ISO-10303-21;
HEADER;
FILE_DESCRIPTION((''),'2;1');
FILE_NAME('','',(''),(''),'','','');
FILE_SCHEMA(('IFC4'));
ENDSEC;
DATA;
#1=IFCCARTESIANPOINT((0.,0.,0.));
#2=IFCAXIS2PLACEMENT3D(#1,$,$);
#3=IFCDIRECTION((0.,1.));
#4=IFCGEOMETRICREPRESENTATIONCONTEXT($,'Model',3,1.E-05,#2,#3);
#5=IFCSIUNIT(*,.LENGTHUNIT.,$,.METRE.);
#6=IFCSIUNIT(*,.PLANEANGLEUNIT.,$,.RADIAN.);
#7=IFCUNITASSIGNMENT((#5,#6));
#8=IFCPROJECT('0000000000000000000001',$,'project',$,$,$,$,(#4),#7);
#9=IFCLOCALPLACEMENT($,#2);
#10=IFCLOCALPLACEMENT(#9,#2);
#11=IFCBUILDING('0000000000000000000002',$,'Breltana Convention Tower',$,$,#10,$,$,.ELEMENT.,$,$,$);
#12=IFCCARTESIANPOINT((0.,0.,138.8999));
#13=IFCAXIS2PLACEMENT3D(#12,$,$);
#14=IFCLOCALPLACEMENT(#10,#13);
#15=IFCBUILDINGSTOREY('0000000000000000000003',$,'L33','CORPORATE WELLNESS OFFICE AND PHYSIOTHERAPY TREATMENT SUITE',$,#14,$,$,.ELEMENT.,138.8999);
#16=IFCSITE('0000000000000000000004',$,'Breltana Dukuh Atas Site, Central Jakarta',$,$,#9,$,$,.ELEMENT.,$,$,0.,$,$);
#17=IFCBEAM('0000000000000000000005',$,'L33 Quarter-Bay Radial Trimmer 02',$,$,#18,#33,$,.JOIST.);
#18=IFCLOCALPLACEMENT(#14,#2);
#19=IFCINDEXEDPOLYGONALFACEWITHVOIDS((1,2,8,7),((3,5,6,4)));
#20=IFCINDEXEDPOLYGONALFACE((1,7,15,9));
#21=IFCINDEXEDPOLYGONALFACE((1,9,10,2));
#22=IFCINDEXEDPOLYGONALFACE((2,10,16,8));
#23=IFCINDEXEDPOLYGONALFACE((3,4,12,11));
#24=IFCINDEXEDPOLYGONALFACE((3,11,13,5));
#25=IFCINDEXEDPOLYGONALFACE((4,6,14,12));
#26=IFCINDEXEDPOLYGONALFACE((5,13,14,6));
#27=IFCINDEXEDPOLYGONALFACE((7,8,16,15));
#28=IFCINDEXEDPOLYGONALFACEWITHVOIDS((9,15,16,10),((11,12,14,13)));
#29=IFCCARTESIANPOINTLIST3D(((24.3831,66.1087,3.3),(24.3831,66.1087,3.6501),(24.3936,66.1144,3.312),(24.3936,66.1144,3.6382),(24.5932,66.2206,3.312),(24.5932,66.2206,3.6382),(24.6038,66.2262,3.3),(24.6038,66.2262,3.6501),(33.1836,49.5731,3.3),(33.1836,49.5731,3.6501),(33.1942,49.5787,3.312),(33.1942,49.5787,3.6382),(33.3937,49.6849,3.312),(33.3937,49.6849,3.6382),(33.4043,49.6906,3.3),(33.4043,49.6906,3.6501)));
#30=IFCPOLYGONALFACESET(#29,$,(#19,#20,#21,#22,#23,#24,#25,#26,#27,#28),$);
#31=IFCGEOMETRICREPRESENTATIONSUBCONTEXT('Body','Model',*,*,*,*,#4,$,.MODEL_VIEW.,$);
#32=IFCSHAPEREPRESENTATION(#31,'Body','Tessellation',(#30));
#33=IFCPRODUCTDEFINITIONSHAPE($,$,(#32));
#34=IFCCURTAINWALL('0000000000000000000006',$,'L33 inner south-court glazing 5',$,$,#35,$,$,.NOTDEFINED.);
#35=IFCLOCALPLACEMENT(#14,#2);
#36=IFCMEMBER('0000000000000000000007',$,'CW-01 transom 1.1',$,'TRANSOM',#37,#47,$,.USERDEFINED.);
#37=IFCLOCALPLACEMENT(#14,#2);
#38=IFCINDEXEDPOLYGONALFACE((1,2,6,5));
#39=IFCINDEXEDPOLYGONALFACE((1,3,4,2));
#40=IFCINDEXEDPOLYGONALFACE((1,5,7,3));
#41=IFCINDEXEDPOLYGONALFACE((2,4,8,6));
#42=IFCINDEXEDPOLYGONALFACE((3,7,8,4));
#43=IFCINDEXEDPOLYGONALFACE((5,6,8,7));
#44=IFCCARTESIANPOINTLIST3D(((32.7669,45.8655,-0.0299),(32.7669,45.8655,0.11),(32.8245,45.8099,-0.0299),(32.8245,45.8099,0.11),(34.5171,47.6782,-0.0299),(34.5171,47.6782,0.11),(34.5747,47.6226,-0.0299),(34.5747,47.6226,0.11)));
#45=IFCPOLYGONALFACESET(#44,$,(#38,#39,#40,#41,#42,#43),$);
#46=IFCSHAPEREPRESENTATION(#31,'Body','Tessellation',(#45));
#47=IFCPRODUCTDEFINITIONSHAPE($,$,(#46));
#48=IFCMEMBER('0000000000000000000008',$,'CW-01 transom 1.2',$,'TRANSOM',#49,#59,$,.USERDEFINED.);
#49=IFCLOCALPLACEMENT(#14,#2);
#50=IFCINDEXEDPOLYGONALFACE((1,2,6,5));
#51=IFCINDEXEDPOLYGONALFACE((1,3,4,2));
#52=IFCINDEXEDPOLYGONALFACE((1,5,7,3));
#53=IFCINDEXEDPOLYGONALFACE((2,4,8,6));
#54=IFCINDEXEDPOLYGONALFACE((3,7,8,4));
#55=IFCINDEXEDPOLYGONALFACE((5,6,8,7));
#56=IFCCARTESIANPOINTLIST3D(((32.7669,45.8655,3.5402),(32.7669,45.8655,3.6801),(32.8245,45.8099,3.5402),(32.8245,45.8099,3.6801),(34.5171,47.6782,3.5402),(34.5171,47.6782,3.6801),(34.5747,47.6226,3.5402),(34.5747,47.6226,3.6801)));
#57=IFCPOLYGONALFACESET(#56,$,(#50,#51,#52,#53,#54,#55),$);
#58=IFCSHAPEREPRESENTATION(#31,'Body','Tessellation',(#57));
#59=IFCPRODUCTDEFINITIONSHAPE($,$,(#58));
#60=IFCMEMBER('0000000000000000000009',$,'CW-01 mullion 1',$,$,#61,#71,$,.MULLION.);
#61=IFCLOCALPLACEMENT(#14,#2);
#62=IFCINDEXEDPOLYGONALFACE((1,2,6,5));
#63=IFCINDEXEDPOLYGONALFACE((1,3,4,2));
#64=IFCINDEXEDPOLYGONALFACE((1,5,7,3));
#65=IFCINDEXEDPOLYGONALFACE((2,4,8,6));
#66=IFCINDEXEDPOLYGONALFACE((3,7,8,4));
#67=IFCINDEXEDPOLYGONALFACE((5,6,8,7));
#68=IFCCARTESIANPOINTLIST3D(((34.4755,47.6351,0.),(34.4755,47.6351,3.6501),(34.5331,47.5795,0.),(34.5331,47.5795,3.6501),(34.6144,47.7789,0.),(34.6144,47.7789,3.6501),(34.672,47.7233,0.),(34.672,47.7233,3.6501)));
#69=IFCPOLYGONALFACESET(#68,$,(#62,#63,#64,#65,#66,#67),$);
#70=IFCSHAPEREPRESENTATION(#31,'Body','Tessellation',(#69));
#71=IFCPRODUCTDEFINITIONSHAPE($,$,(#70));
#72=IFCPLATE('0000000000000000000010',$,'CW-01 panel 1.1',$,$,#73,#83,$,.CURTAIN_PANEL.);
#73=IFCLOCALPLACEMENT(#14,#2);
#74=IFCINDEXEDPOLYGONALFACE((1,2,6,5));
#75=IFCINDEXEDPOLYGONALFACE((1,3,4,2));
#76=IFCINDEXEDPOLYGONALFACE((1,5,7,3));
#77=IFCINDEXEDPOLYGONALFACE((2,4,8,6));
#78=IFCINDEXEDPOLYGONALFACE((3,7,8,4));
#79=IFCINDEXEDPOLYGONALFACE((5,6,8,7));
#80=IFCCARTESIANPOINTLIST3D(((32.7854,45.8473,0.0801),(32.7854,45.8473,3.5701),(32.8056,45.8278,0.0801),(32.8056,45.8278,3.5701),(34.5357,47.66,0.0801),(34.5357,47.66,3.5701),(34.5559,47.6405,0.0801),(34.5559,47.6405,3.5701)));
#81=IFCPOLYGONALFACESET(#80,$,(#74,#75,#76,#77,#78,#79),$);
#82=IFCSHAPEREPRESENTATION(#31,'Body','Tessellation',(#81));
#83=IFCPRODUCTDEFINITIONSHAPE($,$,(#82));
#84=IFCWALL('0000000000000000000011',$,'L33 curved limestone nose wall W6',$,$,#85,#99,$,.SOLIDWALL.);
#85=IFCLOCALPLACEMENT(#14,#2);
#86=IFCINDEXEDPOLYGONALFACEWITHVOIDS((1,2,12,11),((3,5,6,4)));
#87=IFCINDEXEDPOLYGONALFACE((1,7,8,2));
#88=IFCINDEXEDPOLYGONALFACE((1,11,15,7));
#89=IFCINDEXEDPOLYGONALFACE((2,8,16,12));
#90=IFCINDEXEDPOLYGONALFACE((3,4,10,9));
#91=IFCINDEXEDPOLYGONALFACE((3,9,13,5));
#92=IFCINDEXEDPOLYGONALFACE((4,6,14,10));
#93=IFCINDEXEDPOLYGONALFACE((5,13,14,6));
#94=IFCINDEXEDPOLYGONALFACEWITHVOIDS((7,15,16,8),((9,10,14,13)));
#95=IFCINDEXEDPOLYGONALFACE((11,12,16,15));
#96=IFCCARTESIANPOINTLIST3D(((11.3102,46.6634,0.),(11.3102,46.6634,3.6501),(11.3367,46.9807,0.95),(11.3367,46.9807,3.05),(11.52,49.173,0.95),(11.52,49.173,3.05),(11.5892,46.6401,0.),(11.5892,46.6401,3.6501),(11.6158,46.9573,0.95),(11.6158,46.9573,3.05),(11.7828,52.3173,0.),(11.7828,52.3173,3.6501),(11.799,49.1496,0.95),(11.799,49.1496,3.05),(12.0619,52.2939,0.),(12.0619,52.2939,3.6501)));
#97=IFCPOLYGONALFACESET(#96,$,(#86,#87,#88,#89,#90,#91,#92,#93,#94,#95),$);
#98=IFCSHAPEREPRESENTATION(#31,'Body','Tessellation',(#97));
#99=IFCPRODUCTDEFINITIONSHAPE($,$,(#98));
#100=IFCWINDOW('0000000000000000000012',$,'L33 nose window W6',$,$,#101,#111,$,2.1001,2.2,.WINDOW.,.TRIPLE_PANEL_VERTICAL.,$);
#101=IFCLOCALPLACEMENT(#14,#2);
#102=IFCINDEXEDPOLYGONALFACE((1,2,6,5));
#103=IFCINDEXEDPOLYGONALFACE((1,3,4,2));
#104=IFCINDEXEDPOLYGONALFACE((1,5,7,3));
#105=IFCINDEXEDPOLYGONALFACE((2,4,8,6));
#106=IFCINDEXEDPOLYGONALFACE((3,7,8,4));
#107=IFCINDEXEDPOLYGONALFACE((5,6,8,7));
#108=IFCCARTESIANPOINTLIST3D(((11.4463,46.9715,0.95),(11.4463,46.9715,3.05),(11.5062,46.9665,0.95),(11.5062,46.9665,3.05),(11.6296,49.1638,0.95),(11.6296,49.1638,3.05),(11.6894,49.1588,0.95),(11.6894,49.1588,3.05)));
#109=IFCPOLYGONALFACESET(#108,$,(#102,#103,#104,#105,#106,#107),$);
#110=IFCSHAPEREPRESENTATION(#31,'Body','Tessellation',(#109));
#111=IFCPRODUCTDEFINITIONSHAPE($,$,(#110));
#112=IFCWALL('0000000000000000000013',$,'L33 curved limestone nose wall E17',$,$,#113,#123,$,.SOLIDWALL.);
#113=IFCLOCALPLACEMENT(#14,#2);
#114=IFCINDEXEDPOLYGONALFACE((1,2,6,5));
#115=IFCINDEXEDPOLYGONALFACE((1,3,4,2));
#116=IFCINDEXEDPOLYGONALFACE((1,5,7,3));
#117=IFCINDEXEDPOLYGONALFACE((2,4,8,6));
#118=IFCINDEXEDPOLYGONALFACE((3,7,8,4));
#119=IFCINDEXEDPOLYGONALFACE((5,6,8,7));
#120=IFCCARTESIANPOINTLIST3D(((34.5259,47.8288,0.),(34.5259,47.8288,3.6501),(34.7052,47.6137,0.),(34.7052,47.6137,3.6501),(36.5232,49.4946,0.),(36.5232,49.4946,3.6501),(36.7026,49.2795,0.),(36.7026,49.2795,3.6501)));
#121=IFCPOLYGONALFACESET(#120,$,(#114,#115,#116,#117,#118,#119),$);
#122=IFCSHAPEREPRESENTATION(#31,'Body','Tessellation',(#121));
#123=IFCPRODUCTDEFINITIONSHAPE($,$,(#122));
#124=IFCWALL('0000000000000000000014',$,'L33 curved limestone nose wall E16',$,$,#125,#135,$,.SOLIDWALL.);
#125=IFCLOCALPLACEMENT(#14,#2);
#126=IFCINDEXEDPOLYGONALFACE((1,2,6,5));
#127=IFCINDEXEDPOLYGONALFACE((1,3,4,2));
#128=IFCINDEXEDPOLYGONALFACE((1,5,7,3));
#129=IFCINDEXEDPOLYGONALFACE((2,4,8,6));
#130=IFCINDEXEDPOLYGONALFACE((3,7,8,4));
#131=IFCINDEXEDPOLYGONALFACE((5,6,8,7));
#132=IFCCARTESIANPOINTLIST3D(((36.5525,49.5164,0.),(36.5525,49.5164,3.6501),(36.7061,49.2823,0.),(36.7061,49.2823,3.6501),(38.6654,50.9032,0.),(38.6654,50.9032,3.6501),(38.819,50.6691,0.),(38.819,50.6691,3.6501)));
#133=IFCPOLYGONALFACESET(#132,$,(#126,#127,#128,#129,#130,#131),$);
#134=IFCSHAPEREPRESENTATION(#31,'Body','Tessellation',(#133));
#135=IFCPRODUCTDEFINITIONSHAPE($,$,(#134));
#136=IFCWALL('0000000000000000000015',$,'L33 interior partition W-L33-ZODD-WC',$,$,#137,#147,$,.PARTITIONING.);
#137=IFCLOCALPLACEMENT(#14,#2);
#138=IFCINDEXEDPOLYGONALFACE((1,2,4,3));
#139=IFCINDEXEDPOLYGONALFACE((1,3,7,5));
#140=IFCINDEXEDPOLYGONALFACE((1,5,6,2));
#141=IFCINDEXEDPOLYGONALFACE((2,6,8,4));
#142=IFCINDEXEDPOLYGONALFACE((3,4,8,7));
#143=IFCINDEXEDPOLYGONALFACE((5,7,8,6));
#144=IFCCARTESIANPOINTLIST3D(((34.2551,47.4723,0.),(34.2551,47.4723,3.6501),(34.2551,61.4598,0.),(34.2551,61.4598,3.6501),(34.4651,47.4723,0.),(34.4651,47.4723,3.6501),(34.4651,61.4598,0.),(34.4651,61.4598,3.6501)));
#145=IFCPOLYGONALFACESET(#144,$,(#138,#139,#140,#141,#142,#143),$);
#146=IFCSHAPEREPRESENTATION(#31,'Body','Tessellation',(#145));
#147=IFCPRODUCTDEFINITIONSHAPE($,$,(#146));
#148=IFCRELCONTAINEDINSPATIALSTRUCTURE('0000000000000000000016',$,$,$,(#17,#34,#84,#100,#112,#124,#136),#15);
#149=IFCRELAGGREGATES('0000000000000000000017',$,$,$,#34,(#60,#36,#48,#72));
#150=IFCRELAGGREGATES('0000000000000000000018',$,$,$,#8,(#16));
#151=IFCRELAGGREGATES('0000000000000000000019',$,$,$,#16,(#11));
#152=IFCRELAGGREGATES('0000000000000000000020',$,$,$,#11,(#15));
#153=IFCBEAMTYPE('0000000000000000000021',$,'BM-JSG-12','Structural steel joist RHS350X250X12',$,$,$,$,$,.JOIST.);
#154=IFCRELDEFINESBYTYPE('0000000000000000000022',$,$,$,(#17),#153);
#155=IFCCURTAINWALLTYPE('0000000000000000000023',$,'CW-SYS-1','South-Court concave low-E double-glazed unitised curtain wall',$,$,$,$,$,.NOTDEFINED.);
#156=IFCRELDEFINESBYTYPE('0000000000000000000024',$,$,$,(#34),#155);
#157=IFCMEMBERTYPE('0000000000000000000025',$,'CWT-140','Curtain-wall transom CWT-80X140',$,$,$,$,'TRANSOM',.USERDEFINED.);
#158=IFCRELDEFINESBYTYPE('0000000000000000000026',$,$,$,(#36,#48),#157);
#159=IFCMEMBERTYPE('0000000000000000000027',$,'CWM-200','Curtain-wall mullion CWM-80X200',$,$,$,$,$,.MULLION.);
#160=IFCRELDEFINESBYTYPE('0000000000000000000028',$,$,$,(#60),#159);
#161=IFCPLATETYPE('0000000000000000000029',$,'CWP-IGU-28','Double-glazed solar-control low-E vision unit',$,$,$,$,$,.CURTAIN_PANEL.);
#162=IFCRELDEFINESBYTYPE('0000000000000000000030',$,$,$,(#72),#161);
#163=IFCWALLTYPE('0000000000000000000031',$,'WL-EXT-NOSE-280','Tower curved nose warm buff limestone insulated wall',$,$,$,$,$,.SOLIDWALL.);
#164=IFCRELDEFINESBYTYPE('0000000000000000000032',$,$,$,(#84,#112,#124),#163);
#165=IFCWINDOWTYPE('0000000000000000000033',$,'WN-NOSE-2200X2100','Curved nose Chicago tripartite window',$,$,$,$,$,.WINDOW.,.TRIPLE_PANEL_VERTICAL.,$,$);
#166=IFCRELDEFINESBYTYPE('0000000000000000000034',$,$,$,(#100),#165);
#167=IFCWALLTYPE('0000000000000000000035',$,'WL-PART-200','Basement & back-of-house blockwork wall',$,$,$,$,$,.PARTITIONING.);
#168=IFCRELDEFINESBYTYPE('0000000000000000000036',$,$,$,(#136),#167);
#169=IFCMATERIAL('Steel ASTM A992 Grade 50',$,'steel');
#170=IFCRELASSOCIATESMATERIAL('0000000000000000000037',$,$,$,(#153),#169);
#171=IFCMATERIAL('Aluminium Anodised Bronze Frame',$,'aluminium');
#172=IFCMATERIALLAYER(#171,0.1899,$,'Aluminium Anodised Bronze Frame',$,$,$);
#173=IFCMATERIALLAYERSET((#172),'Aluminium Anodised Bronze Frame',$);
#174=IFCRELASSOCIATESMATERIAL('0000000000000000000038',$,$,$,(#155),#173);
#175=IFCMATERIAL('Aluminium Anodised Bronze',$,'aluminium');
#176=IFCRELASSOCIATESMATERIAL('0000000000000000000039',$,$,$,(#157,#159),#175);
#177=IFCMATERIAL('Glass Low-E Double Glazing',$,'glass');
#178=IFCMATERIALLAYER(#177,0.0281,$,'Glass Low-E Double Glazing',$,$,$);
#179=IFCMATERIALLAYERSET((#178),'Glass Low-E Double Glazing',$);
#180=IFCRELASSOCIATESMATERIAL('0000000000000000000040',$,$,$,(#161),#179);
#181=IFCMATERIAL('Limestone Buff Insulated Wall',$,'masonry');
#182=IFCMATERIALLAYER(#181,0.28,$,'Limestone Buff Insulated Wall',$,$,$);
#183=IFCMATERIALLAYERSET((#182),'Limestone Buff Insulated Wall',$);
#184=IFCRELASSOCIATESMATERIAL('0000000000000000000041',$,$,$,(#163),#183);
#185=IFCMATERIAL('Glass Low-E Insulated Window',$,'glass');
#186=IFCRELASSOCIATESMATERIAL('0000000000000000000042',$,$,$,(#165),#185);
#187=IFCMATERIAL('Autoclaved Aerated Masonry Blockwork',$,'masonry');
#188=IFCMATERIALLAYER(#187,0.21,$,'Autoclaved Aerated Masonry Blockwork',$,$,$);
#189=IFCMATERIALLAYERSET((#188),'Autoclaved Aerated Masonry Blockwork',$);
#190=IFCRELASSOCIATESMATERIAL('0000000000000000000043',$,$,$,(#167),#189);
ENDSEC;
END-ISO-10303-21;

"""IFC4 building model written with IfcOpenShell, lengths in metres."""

from ifc_helpers import new_model, si_unit, direction, frame, frame_2d, origin, origin_2d, place, context, subcontext, project, spatial, rectangle, hollow_rectangle, extrude, source, transform, mapped, material, layer, layer_set, material_profile, profile_set, type_object, type_shapes, element, fill, aggregate, save


model = new_model("IFC4")

# Units and contexts
model_context = context("Model", 3, precision=1e-05, world=origin(), true_north=direction((0.0, 1.0)))
body_context = subcontext(model_context, "Body", "Model", "MODEL_VIEW")
ifc_project = project(units=[si_unit("LENGTHUNIT", "METRE"), si_unit("PLANEANGLEUNIT", "RADIAN")], contexts=[model_context])

# Site, building, storey
site_placement = place(None, origin())
site = spatial("IfcSite", under=ifc_project, at=site_placement, Name="Breltana Dukuh Atas Site, Central Jakarta", CompositionType="ELEMENT", RefElevation=0.0)
building_placement = place(site_placement, origin())
building = spatial("IfcBuilding", under=site, at=building_placement, Name="Breltana Convention Tower", CompositionType="ELEMENT")
storey_placement = place(building_placement, frame((0.0, 0.0, 138.8999)))
storey = spatial("IfcBuildingStorey", under=building, at=storey_placement, Name="L33", Description="CORPORATE WELLNESS OFFICE AND PHYSIOTHERAPY TREATMENT SUITE", CompositionType="ELEMENT", Elevation=138.8999)

# Beam
ifc_material_1 = material(Name="Steel ASTM A992 Grade 50", Category="steel")
ifc_material_profile_1 = material_profile(ifc_material_1, hollow_rectangle(XDim=0.25, YDim=0.3501, WallThickness=0.012, at=origin_2d()), Name="RHS350X250X12")
ifc_profile_set_1 = profile_set([ifc_material_profile_1], Name="Steel ASTM A992 Grade 50")
beam_type_1 = type_object("IfcBeamType", Name="BM-JSG-12", Description="Structural steel joist RHS350X250X12", PredefinedType="JOIST", material=ifc_profile_set_1)
shared_shape_1 = source(origin(), body_context, "Body", "SweptSolid", [
    extrude(hollow_rectangle(XDim=0.25, YDim=0.3501, WallThickness=0.012, at=origin_2d()), origin(), (0.0, 0.0, 1.0), 18.7317),
])
beam_1_placement = place(storey_placement, frame((33.2939, 49.6318, 3.4751), z_axis=(-0.46982, 0.882762, 0.0), x_axis=(-0.882762, -0.46982, 0.0)))
element("IfcBeam", 1, at=beam_1_placement, inside=storey, type_object=beam_type_1, Name="L33 Quarter-Bay Radial Trimmer 02", PredefinedType="JOIST", context=body_context, shape_type="MappedRepresentation", body=[
    mapped(shared_shape_1, transform((0.0, 0.0, 0.0), scale=1.0)),
])

# Curtain wall, members, plate
ifc_material_2 = material(Name="Aluminium Anodised Bronze Frame", Category="aluminium")
ifc_layer_1 = layer(ifc_material_2, 0.1899, Name="Aluminium Anodised Bronze Frame")
ifc_layer_set_1 = layer_set([ifc_layer_1], Name="Aluminium Anodised Bronze Frame")
curtain_wall_type = type_object("IfcCurtainWallType", Name="CW-SYS-1", Description="South-Court concave low-E double-glazed unitised curtain wall", PredefinedType="NOTDEFINED", material=ifc_layer_set_1)
curtain_wall_placement = place(storey_placement, origin())
curtain_wall = element("IfcCurtainWall", 2, at=curtain_wall_placement, inside=storey, type_object=curtain_wall_type, Name="L33 inner south-court glazing 5", PredefinedType="NOTDEFINED")
ifc_material_3 = material(Name="Aluminium Anodised Bronze", Category="aluminium")
ifc_material_profile_2 = material_profile(ifc_material_3, rectangle(XDim=0.0801, YDim=0.1399, at=origin_2d()), Name="CWT-80X140")
ifc_profile_set_2 = profile_set([ifc_material_profile_2], Name="Aluminium Anodised Bronze")
member_type_1 = type_object("IfcMemberType", Name="CWT-140", Description="Curtain-wall transom CWT-80X140", ElementType="TRANSOM", PredefinedType="USERDEFINED", material=ifc_profile_set_2)
shared_shape_2 = source(origin(), body_context, "Body", "SweptSolid", [
    extrude(rectangle(XDim=0.0801, YDim=0.1399, at=origin_2d()), origin(), (0.0, 0.0, 1.0), 2.5198),
])
member_1_placement = place(storey_placement, frame((34.5459, 47.6504, 0.04), z_axis=(-0.694596, -0.7194, 0.0), x_axis=(0.7194, -0.694596, 0.0)))
member_1 = element("IfcMember", 3, at=member_1_placement, type_object=member_type_1, Name="CW-01 transom 1.1", ObjectType="TRANSOM", PredefinedType="USERDEFINED", context=body_context, shape_type="MappedRepresentation", body=[
    mapped(shared_shape_2, transform((0.0, 0.0, 0.0), scale=1.0)),
])
member_2_placement = place(storey_placement, frame((34.5459, 47.6504, 3.6101), z_axis=(-0.694596, -0.7194, 0.0), x_axis=(0.7194, -0.694596, 0.0)))
member_2 = element("IfcMember", 4, at=member_2_placement, type_object=member_type_1, Name="CW-01 transom 1.2", ObjectType="TRANSOM", PredefinedType="USERDEFINED", context=body_context, shape_type="MappedRepresentation", body=[
    mapped(shared_shape_2, transform((0.0, 0.0, 0.0), scale=1.0)),
])
ifc_material_profile_3 = material_profile(ifc_material_3, rectangle(XDim=0.0801, YDim=0.2, at=origin_2d()), Name="CWM-80X200")
ifc_profile_set_3 = profile_set([ifc_material_profile_3], Name="Aluminium Anodised Bronze")
member_type_2 = type_object("IfcMemberType", Name="CWM-200", Description="Curtain-wall mullion CWM-80X200", PredefinedType="MULLION", material=ifc_profile_set_3)
shared_shape_3 = source(origin(), body_context, "Body", "SweptSolid", [
    extrude(rectangle(XDim=0.0801, YDim=0.2, at=origin_2d()), origin(), (0.0, 0.0, 1.0), 3.6501),
])
member_3_placement = place(storey_placement, frame((34.5737, 47.6792, 0.0), z_axis=(0.0, 0.0, 1.0), x_axis=(0.719387, -0.694609, 0.0)))
member_3 = element("IfcMember", 5, at=member_3_placement, type_object=member_type_2, Name="CW-01 mullion 1", PredefinedType="MULLION", context=body_context, shape_type="MappedRepresentation", body=[
    mapped(shared_shape_3, transform((0.0, 0.0, 0.0), scale=1.0)),
])
ifc_material_4 = material(Name="Glass Low-E Double Glazing", Category="glass")
ifc_layer_2 = layer(ifc_material_4, 0.0281, Name="Glass Low-E Double Glazing")
ifc_layer_set_2 = layer_set([ifc_layer_2], Name="Glass Low-E Double Glazing")
plate_type = type_object("IfcPlateType", Name="CWP-IGU-28", Description="Double-glazed solar-control low-E vision unit", PredefinedType="CURTAIN_PANEL", material=ifc_layer_set_2)
shared_shape_4 = source(origin(), body_context, "Body", "SweptSolid", [
    extrude(rectangle(XDim=2.5198, YDim=0.0281, at=origin_2d()), origin(), (0.0, 0.0, 1.0), 3.49),
])
plate_placement = place(storey_placement, frame((33.6707, 46.7439, 0.0801), z_axis=(0.0, 0.0, 1.0), x_axis=(-0.694609, -0.719387, 0.0)))
plate = element("IfcPlate", 6, at=plate_placement, type_object=plate_type, Name="CW-01 panel 1.1", PredefinedType="CURTAIN_PANEL", context=body_context, shape_type="MappedRepresentation", body=[
    mapped(shared_shape_4, transform((0.0, 0.0, 0.0), scale=1.0)),
])
aggregate(curtain_wall, [member_3, member_1, member_2, plate])

# Wall, opening, window
ifc_material_5 = material(Name="Limestone Buff Insulated Wall", Category="masonry")
ifc_layer_3 = layer(ifc_material_5, 0.28, Name="Limestone Buff Insulated Wall")
ifc_layer_set_3 = layer_set([ifc_layer_3], Name="Limestone Buff Insulated Wall")
wall_type_1 = type_object("IfcWallType", Name="WL-EXT-NOSE-280", Description="Tower curved nose warm buff limestone insulated wall", PredefinedType="SOLIDWALL", material=ifc_layer_set_3)
shared_shape_5 = source(origin(), body_context, "Body", "SweptSolid", [
    extrude(rectangle(XDim=5.6736, YDim=0.28, at=frame_2d((2.8369, 0.0))), origin(), (0.0, 0.0, 1.0), 3.6501),
])
wall_1_placement = place(storey_placement, frame((11.4497, 46.6516, 0.0), z_axis=(0.0, 0.0, 1.0), x_axis=(0.083309, 0.996524, 0.0)))
wall_1 = element("IfcWall", 7, at=wall_1_placement, inside=storey, type_object=wall_type_1, Name="L33 curved limestone nose wall W6", PredefinedType="SOLIDWALL", context=body_context, shape_type="MappedRepresentation", body=[
    mapped(shared_shape_5, transform((0.0, 0.0, 0.0), scale=1.0)),
])
opening_placement = place(wall_1_placement, frame((0.3184, 0.0, 0.95)))
opening = element("IfcOpeningElement", 8, at=opening_placement, cuts=wall_1, PredefinedType="OPENING", context=body_context, shape_type="SweptSolid", body=[
    extrude(rectangle(XDim=2.2, YDim=2.1001, at=frame_2d((1.1001, 1.05))), frame((0.0, 0.1499, 0.0), z_axis=(0.0, -1.0, 0.0), x_axis=(1.0, 0.0, 0.0)), (0.0, 0.0, 1.0), 0.3),
])
ifc_material_6 = material(Name="Glass Low-E Insulated Window", Category="glass")
window_type = type_object("IfcWindowType", Name="WN-NOSE-2200X2100", Description="Curved nose Chicago tripartite window", PartitioningType="TRIPLE_PANEL_VERTICAL", PredefinedType="WINDOW", material=ifc_material_6)
shared_shape_6 = source(origin(), body_context, "Body", "SweptSolid", [
    extrude(rectangle(XDim=2.2, YDim=2.1001, at=frame_2d((1.1001, 1.05))), frame((0.0, 0.03, 0.0), z_axis=(0.0, -1.0, 0.0), x_axis=(1.0, 0.0, 0.0)), (0.0, 0.0, 1.0), 0.0601),
])
type_shapes(window_type, [shared_shape_6])
window_placement = place(opening_placement, origin())
window = element("IfcWindow", 9, at=window_placement, inside=storey, type_object=window_type, Name="L33 nose window W6", OverallHeight=2.1001, OverallWidth=2.2, PartitioningType="TRIPLE_PANEL_VERTICAL", PredefinedType="WINDOW", context=body_context, shape_type="MappedRepresentation", body=[
    mapped(shared_shape_6, transform((0.0, 0.0, 0.0), scale=1.0)),
])
fill(opening, window)

# Walls
shared_shape_7 = source(origin(), body_context, "Body", "SweptSolid", [
    extrude(rectangle(XDim=2.6008, YDim=0.28, at=frame_2d((1.3003, 0.0))), origin(), (0.0, 0.0, 1.0), 3.6501),
])
wall_2_placement = place(storey_placement, frame((36.6128, 49.387, 0.0), z_axis=(0.0, 0.0, 1.0), x_axis=(-0.767967, -0.640489, 0.0)))
element("IfcWall", 10, at=wall_2_placement, inside=storey, type_object=wall_type_1, Name="L33 curved limestone nose wall E17", PredefinedType="SOLIDWALL", context=body_context, shape_type="MappedRepresentation", body=[
    mapped(shared_shape_7, transform((0.0, 0.0, 0.0), scale=1.0)),
])
shared_shape_8 = source(origin(), body_context, "Body", "SweptSolid", [
    extrude(rectangle(XDim=2.5273, YDim=0.28, at=frame_2d((1.2637, 0.0))), origin(), (0.0, 0.0, 1.0), 3.6501),
])
wall_3_placement = place(storey_placement, frame((38.7422, 50.7861, 0.0), z_axis=(0.0, 0.0, 1.0), x_axis=(-0.836012, -0.548711, 0.0)))
element("IfcWall", 11, at=wall_3_placement, inside=storey, type_object=wall_type_1, Name="L33 curved limestone nose wall E16", PredefinedType="SOLIDWALL", context=body_context, shape_type="MappedRepresentation", body=[
    mapped(shared_shape_8, transform((0.0, 0.0, 0.0), scale=1.0)),
])
ifc_material_7 = material(Name="Autoclaved Aerated Masonry Blockwork", Category="masonry")
ifc_layer_4 = layer(ifc_material_7, 0.21, Name="Autoclaved Aerated Masonry Blockwork")
ifc_layer_set_4 = layer_set([ifc_layer_4], Name="Autoclaved Aerated Masonry Blockwork")
wall_type_2 = type_object("IfcWallType", Name="WL-PART-200", Description="Basement & back-of-house blockwork wall", PredefinedType="PARTITIONING", material=ifc_layer_set_4)
shared_shape_9 = source(origin(), body_context, "Body", "SweptSolid", [
    extrude(rectangle(XDim=13.9875, YDim=0.21, at=frame_2d((6.9937, 0.0))), origin(), (0.0, 0.0, 1.0), 3.6501),
])
wall_4_placement = place(storey_placement, frame((34.3601, 47.4724, 0.0), z_axis=(0.0, 0.0, 1.0), x_axis=(0.0, 1.0, 0.0)))
element("IfcWall", 12, at=wall_4_placement, inside=storey, type_object=wall_type_2, Name="L33 interior partition W-L33-ZODD-WC", PredefinedType="PARTITIONING", context=body_context, shape_type="MappedRepresentation", body=[
    mapped(shared_shape_9, transform((0.0, 0.0, 0.0), scale=1.0)),
])

save(model, "model.ifc")
